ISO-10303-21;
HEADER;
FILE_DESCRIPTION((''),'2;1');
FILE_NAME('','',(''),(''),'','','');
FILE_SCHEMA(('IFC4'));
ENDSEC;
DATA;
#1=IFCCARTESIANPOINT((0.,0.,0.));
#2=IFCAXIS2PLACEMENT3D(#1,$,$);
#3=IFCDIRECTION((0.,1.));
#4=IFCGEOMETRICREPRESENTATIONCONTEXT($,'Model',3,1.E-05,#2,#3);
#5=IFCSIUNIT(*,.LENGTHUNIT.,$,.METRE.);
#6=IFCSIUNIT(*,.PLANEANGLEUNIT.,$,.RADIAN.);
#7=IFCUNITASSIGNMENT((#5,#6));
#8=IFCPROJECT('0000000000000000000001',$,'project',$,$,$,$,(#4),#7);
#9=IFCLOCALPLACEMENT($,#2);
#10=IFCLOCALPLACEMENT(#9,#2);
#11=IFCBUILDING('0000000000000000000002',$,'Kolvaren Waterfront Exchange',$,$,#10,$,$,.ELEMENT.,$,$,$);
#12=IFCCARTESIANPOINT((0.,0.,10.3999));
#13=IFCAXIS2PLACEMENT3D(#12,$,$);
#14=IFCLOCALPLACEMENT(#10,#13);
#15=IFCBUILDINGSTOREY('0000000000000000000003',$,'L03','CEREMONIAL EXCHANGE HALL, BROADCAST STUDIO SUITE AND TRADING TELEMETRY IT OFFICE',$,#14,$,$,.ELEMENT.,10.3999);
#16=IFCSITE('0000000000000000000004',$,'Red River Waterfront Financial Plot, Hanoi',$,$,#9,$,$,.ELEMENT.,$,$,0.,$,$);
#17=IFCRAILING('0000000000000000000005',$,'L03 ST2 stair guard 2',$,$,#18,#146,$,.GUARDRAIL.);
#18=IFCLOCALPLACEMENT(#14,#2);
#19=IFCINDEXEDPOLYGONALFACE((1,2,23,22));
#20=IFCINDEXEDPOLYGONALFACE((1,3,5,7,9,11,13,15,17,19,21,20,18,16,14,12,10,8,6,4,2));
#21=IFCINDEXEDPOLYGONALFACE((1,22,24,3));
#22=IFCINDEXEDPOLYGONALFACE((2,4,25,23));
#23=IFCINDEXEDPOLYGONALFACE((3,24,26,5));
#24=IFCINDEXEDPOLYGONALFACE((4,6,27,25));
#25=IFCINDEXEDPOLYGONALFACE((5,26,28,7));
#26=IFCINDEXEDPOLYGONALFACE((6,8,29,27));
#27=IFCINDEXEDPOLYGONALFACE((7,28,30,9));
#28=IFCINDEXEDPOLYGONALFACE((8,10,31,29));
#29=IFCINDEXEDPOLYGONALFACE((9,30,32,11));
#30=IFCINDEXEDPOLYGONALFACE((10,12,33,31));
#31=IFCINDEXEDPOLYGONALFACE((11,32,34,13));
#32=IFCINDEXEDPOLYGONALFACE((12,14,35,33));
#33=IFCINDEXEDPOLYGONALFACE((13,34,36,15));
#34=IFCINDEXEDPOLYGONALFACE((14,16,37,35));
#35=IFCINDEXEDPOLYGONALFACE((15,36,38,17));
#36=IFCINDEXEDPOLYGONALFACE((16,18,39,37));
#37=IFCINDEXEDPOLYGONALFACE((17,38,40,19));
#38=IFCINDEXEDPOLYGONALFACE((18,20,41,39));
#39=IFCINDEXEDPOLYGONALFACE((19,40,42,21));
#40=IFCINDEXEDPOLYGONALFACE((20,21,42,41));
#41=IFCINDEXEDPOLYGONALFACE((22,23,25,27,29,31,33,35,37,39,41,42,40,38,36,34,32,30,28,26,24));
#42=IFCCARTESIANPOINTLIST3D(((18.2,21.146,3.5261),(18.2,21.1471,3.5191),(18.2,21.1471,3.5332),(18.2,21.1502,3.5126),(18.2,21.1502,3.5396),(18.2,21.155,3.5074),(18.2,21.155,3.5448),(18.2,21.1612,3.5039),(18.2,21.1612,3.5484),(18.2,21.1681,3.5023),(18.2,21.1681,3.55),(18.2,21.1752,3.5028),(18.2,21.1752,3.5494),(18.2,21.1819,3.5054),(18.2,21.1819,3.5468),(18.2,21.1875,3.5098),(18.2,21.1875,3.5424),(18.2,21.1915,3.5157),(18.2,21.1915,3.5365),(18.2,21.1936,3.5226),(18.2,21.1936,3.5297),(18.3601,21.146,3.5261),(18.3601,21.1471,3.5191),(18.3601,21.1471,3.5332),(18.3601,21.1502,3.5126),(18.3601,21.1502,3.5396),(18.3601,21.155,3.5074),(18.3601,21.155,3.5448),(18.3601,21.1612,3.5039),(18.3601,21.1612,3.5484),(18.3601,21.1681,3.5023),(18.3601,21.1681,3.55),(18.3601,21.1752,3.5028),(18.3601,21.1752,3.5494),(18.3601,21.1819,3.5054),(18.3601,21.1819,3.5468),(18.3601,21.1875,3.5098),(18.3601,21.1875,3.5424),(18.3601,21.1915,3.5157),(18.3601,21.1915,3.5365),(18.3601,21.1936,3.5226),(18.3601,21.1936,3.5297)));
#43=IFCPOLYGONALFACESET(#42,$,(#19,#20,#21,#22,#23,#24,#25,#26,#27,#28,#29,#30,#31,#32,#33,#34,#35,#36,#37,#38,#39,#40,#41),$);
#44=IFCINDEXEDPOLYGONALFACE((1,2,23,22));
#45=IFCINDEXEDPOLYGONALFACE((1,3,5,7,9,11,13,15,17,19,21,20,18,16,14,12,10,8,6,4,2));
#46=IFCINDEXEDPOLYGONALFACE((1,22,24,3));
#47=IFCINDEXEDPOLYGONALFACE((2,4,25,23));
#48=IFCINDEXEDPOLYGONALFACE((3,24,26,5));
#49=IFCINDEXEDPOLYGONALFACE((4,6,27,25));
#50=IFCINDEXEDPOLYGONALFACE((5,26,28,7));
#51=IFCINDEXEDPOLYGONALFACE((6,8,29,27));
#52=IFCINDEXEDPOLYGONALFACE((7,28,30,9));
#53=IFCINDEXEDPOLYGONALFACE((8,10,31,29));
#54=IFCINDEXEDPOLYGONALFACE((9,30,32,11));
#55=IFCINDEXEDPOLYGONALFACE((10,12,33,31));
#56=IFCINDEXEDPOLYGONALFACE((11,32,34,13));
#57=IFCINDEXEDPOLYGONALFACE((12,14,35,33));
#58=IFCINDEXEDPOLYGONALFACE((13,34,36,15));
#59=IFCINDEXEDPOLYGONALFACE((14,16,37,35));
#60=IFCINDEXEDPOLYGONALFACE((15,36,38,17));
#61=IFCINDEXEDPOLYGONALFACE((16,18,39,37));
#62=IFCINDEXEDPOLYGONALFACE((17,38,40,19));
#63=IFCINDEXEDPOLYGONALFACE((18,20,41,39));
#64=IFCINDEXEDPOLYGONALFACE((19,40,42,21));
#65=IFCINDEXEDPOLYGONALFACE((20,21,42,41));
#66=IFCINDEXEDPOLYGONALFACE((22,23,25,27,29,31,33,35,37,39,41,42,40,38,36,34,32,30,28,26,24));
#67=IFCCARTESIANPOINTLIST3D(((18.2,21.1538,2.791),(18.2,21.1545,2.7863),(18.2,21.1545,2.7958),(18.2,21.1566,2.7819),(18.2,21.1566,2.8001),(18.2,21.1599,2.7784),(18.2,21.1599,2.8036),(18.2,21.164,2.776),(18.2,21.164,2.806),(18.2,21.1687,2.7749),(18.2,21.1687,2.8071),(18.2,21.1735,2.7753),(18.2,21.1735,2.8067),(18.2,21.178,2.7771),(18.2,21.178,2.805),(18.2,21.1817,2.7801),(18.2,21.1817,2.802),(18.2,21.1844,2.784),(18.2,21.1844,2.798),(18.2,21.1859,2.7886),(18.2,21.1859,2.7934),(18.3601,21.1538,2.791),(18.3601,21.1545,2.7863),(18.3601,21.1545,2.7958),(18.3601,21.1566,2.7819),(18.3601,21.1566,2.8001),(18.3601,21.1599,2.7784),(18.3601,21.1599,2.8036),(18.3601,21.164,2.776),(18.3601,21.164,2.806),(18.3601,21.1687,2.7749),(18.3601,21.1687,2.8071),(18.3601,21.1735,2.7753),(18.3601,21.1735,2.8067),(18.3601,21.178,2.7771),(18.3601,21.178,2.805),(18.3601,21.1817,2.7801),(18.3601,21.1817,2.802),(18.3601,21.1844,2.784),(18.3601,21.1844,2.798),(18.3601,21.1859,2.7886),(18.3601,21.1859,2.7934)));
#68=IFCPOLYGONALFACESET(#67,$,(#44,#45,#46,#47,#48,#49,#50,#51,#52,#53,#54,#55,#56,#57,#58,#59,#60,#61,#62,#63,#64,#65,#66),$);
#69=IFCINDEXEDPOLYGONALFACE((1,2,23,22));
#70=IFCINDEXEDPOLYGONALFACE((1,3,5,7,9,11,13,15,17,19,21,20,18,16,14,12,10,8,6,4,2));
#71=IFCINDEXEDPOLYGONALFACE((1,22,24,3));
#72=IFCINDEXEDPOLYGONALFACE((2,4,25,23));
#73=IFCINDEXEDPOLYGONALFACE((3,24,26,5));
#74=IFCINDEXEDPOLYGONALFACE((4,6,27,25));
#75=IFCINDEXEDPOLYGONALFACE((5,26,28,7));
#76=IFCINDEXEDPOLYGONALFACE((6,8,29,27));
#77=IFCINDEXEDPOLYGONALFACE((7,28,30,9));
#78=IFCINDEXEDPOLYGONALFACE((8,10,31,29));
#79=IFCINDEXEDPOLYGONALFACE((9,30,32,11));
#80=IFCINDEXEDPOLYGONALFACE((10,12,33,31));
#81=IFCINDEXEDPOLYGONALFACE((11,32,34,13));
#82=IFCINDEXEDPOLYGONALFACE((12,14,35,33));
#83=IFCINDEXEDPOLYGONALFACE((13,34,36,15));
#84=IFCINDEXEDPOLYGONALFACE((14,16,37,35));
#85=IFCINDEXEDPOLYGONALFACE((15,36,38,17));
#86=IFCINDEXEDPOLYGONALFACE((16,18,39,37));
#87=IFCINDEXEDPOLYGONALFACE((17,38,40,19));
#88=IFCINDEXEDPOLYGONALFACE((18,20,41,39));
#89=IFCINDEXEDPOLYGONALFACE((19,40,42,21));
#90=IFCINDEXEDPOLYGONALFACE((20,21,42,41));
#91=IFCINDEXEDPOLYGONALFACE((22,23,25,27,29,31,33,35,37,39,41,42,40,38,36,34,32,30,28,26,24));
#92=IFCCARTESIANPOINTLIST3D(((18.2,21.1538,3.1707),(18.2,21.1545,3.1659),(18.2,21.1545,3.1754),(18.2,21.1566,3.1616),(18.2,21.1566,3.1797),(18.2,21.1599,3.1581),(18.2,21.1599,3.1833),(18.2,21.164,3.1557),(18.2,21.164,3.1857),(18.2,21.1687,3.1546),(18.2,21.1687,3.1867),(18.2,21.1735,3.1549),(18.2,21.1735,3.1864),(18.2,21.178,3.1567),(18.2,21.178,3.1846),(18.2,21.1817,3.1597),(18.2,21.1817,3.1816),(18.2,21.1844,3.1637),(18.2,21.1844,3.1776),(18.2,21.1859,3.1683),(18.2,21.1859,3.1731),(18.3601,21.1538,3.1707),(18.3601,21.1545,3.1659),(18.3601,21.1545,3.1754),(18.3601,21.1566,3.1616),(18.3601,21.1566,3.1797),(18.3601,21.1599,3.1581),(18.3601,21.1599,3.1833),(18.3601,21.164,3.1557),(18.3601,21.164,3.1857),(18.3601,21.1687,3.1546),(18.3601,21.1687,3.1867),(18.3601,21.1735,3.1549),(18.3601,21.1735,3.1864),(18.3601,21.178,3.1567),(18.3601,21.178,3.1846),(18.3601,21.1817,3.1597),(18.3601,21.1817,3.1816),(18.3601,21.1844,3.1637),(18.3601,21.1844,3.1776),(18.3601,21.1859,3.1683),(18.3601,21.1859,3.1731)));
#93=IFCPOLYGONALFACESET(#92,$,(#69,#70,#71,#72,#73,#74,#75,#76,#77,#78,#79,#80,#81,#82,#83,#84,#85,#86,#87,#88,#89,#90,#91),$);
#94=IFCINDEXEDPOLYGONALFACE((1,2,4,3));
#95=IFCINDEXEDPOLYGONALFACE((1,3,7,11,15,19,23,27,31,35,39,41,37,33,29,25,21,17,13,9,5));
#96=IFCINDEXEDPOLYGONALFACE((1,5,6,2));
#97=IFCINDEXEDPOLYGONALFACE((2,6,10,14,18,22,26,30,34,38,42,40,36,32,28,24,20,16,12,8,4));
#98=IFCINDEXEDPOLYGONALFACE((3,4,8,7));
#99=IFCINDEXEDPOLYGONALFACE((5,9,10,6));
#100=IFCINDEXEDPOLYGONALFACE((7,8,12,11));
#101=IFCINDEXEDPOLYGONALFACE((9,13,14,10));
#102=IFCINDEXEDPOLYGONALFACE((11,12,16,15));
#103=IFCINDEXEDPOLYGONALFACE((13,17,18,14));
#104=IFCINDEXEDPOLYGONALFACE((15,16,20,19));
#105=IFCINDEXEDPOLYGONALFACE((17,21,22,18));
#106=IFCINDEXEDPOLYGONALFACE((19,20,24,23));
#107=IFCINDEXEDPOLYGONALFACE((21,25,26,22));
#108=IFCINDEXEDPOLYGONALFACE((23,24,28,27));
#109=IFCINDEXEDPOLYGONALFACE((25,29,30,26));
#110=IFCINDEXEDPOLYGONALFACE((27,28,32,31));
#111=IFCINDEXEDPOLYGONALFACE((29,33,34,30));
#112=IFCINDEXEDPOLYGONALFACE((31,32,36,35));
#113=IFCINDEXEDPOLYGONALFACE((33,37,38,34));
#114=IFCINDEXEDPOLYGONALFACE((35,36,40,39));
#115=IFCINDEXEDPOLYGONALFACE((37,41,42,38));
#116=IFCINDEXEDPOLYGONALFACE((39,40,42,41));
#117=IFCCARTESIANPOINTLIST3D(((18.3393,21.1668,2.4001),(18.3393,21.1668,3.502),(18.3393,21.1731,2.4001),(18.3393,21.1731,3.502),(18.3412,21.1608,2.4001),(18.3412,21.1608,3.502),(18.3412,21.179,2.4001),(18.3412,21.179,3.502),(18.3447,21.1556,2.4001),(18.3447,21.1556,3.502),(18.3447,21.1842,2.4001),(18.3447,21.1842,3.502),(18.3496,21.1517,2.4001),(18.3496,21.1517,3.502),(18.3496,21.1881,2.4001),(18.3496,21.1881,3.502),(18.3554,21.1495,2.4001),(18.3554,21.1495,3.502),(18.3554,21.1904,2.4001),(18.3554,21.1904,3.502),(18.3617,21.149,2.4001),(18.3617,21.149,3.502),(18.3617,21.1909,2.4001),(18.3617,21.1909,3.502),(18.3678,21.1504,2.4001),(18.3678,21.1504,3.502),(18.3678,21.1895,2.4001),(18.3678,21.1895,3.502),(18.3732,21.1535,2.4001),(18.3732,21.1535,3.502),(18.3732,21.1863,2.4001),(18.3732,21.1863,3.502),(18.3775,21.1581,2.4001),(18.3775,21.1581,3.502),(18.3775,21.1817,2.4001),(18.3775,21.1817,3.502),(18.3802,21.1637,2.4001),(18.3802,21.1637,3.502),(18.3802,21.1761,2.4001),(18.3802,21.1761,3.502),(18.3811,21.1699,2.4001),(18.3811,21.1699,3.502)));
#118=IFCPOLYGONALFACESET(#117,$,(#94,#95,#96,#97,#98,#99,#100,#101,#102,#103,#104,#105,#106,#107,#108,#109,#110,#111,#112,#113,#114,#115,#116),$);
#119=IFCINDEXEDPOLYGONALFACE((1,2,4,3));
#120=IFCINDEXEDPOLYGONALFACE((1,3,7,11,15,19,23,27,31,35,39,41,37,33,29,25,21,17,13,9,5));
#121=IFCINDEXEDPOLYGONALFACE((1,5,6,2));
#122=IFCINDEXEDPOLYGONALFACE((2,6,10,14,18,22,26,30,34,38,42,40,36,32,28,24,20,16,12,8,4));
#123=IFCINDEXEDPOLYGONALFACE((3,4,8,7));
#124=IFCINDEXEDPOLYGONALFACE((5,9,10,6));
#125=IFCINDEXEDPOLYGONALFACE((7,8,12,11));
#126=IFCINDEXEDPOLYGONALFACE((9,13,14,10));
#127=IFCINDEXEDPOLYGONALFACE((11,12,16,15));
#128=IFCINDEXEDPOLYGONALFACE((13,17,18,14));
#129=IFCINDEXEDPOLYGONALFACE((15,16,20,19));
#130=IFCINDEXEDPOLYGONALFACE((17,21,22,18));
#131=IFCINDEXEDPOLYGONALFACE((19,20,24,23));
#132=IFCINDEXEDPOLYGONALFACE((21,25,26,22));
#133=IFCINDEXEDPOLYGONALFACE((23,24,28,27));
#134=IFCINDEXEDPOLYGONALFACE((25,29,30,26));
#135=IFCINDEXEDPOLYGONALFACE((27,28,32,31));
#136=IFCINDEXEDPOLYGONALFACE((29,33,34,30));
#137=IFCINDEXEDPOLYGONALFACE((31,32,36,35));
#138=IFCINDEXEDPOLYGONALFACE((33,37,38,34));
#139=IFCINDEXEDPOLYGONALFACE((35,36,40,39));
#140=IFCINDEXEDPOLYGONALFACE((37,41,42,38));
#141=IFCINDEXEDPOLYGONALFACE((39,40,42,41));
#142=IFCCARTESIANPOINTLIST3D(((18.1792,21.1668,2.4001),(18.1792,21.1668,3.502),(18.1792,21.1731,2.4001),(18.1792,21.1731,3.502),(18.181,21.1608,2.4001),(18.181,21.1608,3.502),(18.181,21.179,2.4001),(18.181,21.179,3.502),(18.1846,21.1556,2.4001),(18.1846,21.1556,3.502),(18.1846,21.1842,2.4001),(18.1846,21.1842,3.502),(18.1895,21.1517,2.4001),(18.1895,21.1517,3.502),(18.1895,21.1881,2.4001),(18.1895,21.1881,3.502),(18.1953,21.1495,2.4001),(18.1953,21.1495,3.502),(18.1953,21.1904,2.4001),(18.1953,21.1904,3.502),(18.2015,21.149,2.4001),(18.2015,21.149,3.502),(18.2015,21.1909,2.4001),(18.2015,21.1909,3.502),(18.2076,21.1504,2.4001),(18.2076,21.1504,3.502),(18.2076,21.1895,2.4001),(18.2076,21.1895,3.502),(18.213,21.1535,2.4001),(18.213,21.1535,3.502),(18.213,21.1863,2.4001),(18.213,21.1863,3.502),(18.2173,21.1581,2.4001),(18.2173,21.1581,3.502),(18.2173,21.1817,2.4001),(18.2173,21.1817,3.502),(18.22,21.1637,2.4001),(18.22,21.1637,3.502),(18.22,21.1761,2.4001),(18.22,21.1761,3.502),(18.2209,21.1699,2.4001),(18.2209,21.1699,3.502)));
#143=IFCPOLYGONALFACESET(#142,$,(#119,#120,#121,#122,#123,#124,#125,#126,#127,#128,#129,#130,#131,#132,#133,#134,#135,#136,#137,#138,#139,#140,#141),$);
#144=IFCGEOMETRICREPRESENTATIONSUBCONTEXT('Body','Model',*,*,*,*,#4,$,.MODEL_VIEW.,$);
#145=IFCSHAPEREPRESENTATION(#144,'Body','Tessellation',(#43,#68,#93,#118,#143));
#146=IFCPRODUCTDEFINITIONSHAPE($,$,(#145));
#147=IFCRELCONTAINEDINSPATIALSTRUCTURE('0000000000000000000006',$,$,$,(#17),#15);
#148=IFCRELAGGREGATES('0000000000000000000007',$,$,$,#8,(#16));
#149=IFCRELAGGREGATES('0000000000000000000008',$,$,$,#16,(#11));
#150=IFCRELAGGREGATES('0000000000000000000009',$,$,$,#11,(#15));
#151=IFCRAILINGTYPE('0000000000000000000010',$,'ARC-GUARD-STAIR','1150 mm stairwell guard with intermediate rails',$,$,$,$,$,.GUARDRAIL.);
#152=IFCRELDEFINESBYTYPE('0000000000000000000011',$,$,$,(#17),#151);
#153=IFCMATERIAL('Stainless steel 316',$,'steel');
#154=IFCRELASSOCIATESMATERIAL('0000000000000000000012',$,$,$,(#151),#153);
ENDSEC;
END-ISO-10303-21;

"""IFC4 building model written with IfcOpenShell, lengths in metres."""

from ifc_helpers import new_model, si_unit, direction, frame, origin, origin_2d, place, context, subcontext, project, spatial, circle, extrude, material, type_object, element, save


model = new_model("IFC4")

# Units and contexts
model_context = context("Model", 3, precision=1e-05, world=origin(), true_north=direction((0.0, 1.0)))
body_context = subcontext(model_context, "Body", "Model", "MODEL_VIEW")
ifc_project = project(units=[si_unit("LENGTHUNIT", "METRE"), si_unit("PLANEANGLEUNIT", "RADIAN")], contexts=[model_context])

# Site, building, storey
site_placement = place(None, origin())
site = spatial("IfcSite", under=ifc_project, at=site_placement, Name="Red River Waterfront Financial Plot, Hanoi", CompositionType="ELEMENT", RefElevation=0.0)
building_placement = place(site_placement, origin())
building = spatial("IfcBuilding", under=site, at=building_placement, Name="Kolvaren Waterfront Exchange", CompositionType="ELEMENT")
storey_placement = place(building_placement, frame((0.0, 0.0, 10.3999)))
storey = spatial("IfcBuildingStorey", under=building, at=storey_placement, Name="L03", Description="CEREMONIAL EXCHANGE HALL, BROADCAST STUDIO SUITE AND TRADING TELEMETRY IT OFFICE", CompositionType="ELEMENT", Elevation=10.3999)

# Railing
ifc_material_1 = material(Name="Stainless steel 316", Category="steel")
railing_type_1 = type_object("IfcRailingType", Name="ARC-GUARD-STAIR", Description="1150 mm stairwell guard with intermediate rails", PredefinedType="GUARDRAIL", material=ifc_material_1)
railing_1_placement = place(storey_placement, frame((18.3601, 21.1699, 2.4001)))
element("IfcRailing", 1, at=railing_1_placement, inside=storey, type_object=railing_type_1, Name="L03 ST2 stair guard 2", PredefinedType="GUARDRAIL", context=body_context, shape_type="SweptSolid", body=[
    extrude(circle(Radius=0.0239, at=origin_2d()), frame((0.0, 0.0, 1.126), z_axis=(-1.0, 0.0, 0.0), x_axis=(0.0, -1.0, 0.0)), (0.0, 0.0, 1.0), 0.1602),
    extrude(circle(Radius=0.0161, at=origin_2d()), frame((0.0, 0.0, 0.3909), z_axis=(-1.0, 0.0, 0.0), x_axis=(0.0, -1.0, 0.0)), (0.0, 0.0, 1.0), 0.1602),
    extrude(circle(Radius=0.0161, at=origin_2d()), frame((0.0, 0.0, 0.7705), z_axis=(-1.0, 0.0, 0.0), x_axis=(0.0, -1.0, 0.0)), (0.0, 0.0, 1.0), 0.1602),
    extrude(circle(Radius=0.021, at=origin_2d()), origin(), (0.0, 0.0, 1.0), 1.1018),
    extrude(circle(Radius=0.021, at=origin_2d()), frame((-0.1602, 0.0, 0.0)), (0.0, 0.0, 1.0), 1.1018),
])

save(model, "model.ifc")
